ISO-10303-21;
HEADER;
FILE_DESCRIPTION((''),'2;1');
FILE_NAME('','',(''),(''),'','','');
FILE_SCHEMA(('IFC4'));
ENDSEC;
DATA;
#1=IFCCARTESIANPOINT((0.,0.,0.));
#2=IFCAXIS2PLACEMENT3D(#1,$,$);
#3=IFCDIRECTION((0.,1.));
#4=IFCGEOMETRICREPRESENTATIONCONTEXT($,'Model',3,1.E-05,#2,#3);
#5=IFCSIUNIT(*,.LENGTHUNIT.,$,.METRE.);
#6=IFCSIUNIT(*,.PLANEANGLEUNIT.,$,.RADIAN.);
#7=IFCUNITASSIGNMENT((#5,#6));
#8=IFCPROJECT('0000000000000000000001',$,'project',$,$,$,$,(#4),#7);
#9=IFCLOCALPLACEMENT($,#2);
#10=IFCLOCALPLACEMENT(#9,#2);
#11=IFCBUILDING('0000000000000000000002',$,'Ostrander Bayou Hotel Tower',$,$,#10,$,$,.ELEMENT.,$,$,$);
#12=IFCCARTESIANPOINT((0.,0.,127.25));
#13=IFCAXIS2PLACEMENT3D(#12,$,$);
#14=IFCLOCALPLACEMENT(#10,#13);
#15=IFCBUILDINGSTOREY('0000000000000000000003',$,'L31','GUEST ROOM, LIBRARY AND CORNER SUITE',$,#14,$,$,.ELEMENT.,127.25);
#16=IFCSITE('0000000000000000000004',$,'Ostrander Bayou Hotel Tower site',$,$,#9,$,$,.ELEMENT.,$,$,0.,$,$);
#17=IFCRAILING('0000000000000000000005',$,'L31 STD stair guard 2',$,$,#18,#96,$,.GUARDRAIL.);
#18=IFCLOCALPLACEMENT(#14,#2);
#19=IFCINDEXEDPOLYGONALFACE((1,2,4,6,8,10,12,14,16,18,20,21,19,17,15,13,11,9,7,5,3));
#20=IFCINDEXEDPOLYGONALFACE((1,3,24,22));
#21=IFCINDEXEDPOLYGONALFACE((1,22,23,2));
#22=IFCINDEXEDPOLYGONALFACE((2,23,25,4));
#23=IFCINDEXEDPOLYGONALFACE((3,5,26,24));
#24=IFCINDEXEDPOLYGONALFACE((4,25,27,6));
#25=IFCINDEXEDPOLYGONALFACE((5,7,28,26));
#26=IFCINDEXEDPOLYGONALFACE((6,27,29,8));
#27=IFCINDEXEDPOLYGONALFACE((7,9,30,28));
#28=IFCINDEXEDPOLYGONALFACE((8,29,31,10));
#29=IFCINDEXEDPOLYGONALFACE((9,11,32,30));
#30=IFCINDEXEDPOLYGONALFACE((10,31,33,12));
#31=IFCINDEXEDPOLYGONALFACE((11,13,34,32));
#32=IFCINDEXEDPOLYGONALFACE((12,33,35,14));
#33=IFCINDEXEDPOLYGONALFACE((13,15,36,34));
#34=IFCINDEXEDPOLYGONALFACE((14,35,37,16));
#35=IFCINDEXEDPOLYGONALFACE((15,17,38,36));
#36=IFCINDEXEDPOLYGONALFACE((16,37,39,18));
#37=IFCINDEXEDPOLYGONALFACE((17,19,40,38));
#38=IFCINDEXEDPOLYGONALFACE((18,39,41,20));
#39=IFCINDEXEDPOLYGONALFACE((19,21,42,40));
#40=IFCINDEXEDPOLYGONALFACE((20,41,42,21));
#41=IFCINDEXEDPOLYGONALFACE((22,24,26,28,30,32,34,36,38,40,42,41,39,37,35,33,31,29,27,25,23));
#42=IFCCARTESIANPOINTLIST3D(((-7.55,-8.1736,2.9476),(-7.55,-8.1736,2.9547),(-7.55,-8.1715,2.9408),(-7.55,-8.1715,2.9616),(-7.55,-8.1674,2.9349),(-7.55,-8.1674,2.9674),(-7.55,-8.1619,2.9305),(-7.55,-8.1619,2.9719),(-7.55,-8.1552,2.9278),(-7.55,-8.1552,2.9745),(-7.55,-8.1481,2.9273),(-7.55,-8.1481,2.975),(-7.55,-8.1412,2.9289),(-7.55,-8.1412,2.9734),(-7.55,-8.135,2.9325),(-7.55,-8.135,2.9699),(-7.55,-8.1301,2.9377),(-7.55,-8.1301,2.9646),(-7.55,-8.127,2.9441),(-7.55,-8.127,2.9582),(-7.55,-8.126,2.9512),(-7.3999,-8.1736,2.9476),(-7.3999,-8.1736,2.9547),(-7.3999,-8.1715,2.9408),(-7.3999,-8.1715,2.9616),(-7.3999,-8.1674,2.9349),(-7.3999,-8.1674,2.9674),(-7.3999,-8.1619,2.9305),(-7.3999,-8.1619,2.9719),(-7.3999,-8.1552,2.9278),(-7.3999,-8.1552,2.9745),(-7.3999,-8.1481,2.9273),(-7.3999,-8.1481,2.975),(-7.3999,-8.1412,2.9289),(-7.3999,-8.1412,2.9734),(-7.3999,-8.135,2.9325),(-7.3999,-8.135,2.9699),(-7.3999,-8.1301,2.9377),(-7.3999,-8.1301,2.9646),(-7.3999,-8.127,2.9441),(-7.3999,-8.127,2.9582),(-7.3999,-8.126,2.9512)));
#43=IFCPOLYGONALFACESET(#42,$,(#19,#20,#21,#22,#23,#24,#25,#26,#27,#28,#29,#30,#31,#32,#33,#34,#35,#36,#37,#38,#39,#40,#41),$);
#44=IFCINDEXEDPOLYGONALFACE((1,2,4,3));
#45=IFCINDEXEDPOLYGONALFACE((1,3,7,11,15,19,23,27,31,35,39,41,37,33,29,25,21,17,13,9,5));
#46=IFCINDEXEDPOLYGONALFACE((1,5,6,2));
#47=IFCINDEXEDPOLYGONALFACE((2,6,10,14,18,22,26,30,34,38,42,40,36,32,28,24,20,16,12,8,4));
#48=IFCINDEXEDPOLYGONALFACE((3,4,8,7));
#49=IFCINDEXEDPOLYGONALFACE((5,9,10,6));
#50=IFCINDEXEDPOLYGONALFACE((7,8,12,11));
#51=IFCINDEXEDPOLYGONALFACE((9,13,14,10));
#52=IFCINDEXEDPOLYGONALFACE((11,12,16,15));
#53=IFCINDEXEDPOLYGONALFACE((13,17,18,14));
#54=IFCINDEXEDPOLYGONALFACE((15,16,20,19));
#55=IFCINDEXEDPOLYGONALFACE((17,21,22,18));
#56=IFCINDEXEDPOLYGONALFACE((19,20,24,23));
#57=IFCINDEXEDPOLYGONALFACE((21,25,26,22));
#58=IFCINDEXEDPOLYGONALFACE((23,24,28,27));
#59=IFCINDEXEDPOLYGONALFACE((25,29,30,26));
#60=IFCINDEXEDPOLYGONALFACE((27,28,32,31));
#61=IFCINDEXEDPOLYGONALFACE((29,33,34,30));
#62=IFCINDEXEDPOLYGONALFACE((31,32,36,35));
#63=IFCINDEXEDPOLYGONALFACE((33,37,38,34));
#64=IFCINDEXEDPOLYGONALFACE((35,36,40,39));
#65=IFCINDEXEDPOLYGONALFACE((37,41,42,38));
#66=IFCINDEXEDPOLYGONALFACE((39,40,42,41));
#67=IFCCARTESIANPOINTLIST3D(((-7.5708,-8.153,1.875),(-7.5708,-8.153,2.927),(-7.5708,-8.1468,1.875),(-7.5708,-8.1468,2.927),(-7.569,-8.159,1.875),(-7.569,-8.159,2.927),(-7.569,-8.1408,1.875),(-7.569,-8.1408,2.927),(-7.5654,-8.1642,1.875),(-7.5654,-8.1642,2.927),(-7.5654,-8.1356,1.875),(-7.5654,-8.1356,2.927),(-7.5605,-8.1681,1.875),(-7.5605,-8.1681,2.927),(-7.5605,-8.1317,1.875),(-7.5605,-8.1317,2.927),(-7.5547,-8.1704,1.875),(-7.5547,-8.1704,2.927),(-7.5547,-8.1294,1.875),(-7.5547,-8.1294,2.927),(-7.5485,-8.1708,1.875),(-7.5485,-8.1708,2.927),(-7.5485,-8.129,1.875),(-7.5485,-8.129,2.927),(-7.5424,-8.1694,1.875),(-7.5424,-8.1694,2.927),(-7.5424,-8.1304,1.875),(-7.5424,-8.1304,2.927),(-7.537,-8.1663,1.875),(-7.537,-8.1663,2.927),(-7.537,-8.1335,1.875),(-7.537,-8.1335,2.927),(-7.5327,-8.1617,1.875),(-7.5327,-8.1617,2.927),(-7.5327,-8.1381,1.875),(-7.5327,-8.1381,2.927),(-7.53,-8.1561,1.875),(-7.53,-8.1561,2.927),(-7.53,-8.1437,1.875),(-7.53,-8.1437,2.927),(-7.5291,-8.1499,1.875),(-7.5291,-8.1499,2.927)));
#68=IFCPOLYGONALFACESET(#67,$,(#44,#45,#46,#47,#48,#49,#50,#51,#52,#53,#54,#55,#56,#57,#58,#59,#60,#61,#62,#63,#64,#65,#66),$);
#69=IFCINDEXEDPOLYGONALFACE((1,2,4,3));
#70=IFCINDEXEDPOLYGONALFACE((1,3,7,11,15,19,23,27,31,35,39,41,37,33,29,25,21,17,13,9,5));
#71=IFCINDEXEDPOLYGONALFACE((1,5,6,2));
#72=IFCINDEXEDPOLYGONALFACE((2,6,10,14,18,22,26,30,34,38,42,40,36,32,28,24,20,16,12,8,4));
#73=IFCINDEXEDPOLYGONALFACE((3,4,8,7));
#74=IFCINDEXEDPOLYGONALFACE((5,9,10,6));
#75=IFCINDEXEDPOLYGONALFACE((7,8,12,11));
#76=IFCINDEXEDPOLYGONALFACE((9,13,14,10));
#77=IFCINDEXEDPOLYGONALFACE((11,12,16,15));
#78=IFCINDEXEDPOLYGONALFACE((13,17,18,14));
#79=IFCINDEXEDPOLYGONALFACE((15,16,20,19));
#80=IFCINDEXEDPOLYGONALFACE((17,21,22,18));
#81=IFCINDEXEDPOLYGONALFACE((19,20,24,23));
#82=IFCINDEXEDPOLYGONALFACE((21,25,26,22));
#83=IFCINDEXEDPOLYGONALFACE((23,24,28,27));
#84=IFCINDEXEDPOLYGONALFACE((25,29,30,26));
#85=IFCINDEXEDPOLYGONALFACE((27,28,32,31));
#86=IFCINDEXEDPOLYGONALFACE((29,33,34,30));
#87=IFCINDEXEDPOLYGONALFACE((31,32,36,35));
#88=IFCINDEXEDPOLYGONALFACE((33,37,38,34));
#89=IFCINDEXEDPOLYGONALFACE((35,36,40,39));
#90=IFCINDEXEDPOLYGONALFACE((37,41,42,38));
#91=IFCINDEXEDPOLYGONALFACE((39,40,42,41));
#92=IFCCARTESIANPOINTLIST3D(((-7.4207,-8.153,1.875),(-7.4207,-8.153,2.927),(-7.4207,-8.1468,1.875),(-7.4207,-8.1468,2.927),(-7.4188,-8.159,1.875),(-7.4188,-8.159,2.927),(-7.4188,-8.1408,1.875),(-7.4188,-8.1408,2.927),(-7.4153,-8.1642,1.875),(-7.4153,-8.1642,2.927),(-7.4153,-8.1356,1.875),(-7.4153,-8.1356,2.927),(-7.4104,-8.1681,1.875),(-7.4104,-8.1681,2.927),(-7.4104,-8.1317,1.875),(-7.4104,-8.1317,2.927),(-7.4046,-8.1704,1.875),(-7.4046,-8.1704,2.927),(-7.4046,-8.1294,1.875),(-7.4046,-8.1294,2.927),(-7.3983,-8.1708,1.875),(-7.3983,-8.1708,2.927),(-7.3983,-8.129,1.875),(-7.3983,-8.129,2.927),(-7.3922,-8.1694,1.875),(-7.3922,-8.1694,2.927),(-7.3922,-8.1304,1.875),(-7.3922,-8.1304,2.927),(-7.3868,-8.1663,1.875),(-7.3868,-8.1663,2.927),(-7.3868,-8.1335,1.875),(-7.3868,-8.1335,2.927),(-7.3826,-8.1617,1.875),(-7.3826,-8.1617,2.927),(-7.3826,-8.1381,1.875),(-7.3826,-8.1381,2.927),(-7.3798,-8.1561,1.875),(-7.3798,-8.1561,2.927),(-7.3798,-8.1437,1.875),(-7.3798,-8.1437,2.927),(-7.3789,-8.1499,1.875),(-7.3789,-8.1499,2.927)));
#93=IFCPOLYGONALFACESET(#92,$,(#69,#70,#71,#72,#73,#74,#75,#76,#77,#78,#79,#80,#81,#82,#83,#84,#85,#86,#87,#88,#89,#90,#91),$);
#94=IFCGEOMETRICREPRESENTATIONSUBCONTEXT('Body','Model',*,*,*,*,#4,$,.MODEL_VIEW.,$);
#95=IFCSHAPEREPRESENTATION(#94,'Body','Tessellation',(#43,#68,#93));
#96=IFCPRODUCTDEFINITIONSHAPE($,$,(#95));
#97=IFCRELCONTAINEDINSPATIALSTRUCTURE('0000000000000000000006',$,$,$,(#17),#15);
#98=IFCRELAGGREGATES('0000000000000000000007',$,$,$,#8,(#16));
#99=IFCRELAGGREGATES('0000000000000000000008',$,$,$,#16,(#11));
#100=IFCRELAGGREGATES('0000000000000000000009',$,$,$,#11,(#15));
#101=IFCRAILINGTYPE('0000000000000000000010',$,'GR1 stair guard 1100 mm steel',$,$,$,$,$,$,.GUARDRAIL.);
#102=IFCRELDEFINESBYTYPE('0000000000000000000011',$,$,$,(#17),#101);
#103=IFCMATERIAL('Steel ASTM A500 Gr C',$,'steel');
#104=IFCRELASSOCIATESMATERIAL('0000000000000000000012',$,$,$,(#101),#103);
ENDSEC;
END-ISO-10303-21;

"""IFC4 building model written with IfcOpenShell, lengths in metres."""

from ifc_helpers import new_model, si_unit, direction, frame, origin, origin_2d, place, context, subcontext, project, spatial, circle, extrude, material, type_object, element, save


model = new_model("IFC4")

# Units and contexts
model_context = context("Model", 3, precision=1e-05, world=origin(), true_north=direction((0.0, 1.0)))
body_context = subcontext(model_context, "Body", "Model", "MODEL_VIEW")
ifc_project = project(units=[si_unit("LENGTHUNIT", "METRE"), si_unit("PLANEANGLEUNIT", "RADIAN")], contexts=[model_context])

# Site, building, storey
site_placement = place(None, origin())
site = spatial("IfcSite", under=ifc_project, at=site_placement, Name="Ostrander Bayou Hotel Tower site", CompositionType="ELEMENT", RefElevation=0.0)
building_placement = place(site_placement, origin())
building = spatial("IfcBuilding", under=site, at=building_placement, Name="Ostrander Bayou Hotel Tower", CompositionType="ELEMENT")
storey_placement = place(building_placement, frame((0.0, 0.0, 127.25)))
storey = spatial("IfcBuildingStorey", under=building, at=storey_placement, Name="L31", Description="GUEST ROOM, LIBRARY AND CORNER SUITE", CompositionType="ELEMENT", Elevation=127.25)

# Railing
ifc_material_1 = material(Name="Steel ASTM A500 Gr C", Category="steel")
railing_type_1 = type_object("IfcRailingType", Name="GR1 stair guard 1100 mm steel", PredefinedType="GUARDRAIL", material=ifc_material_1)
railing_1_placement = place(storey_placement, frame((-7.55, -8.1499, 1.875)))
element("IfcRailing", 1, at=railing_1_placement, inside=storey, type_object=railing_type_1, Name="L31 STD stair guard 2", PredefinedType="GUARDRAIL", context=body_context, shape_type="SweptSolid", body=[
    extrude(circle(Radius=0.0239, at=origin_2d()), frame((0.0, 0.0, 1.0762), z_axis=(1.0, 0.0, 0.0), x_axis=(0.0, 1.0, 0.0)), (0.0, 0.0, 1.0), 0.1501),
    extrude(circle(Radius=0.021, at=origin_2d()), origin(), (0.0, 0.0, 1.0), 1.052),
    extrude(circle(Radius=0.021, at=origin_2d()), frame((0.1501, 0.0, 0.0)), (0.0, 0.0, 1.0), 1.052),
])

save(model, "model.ifc")
